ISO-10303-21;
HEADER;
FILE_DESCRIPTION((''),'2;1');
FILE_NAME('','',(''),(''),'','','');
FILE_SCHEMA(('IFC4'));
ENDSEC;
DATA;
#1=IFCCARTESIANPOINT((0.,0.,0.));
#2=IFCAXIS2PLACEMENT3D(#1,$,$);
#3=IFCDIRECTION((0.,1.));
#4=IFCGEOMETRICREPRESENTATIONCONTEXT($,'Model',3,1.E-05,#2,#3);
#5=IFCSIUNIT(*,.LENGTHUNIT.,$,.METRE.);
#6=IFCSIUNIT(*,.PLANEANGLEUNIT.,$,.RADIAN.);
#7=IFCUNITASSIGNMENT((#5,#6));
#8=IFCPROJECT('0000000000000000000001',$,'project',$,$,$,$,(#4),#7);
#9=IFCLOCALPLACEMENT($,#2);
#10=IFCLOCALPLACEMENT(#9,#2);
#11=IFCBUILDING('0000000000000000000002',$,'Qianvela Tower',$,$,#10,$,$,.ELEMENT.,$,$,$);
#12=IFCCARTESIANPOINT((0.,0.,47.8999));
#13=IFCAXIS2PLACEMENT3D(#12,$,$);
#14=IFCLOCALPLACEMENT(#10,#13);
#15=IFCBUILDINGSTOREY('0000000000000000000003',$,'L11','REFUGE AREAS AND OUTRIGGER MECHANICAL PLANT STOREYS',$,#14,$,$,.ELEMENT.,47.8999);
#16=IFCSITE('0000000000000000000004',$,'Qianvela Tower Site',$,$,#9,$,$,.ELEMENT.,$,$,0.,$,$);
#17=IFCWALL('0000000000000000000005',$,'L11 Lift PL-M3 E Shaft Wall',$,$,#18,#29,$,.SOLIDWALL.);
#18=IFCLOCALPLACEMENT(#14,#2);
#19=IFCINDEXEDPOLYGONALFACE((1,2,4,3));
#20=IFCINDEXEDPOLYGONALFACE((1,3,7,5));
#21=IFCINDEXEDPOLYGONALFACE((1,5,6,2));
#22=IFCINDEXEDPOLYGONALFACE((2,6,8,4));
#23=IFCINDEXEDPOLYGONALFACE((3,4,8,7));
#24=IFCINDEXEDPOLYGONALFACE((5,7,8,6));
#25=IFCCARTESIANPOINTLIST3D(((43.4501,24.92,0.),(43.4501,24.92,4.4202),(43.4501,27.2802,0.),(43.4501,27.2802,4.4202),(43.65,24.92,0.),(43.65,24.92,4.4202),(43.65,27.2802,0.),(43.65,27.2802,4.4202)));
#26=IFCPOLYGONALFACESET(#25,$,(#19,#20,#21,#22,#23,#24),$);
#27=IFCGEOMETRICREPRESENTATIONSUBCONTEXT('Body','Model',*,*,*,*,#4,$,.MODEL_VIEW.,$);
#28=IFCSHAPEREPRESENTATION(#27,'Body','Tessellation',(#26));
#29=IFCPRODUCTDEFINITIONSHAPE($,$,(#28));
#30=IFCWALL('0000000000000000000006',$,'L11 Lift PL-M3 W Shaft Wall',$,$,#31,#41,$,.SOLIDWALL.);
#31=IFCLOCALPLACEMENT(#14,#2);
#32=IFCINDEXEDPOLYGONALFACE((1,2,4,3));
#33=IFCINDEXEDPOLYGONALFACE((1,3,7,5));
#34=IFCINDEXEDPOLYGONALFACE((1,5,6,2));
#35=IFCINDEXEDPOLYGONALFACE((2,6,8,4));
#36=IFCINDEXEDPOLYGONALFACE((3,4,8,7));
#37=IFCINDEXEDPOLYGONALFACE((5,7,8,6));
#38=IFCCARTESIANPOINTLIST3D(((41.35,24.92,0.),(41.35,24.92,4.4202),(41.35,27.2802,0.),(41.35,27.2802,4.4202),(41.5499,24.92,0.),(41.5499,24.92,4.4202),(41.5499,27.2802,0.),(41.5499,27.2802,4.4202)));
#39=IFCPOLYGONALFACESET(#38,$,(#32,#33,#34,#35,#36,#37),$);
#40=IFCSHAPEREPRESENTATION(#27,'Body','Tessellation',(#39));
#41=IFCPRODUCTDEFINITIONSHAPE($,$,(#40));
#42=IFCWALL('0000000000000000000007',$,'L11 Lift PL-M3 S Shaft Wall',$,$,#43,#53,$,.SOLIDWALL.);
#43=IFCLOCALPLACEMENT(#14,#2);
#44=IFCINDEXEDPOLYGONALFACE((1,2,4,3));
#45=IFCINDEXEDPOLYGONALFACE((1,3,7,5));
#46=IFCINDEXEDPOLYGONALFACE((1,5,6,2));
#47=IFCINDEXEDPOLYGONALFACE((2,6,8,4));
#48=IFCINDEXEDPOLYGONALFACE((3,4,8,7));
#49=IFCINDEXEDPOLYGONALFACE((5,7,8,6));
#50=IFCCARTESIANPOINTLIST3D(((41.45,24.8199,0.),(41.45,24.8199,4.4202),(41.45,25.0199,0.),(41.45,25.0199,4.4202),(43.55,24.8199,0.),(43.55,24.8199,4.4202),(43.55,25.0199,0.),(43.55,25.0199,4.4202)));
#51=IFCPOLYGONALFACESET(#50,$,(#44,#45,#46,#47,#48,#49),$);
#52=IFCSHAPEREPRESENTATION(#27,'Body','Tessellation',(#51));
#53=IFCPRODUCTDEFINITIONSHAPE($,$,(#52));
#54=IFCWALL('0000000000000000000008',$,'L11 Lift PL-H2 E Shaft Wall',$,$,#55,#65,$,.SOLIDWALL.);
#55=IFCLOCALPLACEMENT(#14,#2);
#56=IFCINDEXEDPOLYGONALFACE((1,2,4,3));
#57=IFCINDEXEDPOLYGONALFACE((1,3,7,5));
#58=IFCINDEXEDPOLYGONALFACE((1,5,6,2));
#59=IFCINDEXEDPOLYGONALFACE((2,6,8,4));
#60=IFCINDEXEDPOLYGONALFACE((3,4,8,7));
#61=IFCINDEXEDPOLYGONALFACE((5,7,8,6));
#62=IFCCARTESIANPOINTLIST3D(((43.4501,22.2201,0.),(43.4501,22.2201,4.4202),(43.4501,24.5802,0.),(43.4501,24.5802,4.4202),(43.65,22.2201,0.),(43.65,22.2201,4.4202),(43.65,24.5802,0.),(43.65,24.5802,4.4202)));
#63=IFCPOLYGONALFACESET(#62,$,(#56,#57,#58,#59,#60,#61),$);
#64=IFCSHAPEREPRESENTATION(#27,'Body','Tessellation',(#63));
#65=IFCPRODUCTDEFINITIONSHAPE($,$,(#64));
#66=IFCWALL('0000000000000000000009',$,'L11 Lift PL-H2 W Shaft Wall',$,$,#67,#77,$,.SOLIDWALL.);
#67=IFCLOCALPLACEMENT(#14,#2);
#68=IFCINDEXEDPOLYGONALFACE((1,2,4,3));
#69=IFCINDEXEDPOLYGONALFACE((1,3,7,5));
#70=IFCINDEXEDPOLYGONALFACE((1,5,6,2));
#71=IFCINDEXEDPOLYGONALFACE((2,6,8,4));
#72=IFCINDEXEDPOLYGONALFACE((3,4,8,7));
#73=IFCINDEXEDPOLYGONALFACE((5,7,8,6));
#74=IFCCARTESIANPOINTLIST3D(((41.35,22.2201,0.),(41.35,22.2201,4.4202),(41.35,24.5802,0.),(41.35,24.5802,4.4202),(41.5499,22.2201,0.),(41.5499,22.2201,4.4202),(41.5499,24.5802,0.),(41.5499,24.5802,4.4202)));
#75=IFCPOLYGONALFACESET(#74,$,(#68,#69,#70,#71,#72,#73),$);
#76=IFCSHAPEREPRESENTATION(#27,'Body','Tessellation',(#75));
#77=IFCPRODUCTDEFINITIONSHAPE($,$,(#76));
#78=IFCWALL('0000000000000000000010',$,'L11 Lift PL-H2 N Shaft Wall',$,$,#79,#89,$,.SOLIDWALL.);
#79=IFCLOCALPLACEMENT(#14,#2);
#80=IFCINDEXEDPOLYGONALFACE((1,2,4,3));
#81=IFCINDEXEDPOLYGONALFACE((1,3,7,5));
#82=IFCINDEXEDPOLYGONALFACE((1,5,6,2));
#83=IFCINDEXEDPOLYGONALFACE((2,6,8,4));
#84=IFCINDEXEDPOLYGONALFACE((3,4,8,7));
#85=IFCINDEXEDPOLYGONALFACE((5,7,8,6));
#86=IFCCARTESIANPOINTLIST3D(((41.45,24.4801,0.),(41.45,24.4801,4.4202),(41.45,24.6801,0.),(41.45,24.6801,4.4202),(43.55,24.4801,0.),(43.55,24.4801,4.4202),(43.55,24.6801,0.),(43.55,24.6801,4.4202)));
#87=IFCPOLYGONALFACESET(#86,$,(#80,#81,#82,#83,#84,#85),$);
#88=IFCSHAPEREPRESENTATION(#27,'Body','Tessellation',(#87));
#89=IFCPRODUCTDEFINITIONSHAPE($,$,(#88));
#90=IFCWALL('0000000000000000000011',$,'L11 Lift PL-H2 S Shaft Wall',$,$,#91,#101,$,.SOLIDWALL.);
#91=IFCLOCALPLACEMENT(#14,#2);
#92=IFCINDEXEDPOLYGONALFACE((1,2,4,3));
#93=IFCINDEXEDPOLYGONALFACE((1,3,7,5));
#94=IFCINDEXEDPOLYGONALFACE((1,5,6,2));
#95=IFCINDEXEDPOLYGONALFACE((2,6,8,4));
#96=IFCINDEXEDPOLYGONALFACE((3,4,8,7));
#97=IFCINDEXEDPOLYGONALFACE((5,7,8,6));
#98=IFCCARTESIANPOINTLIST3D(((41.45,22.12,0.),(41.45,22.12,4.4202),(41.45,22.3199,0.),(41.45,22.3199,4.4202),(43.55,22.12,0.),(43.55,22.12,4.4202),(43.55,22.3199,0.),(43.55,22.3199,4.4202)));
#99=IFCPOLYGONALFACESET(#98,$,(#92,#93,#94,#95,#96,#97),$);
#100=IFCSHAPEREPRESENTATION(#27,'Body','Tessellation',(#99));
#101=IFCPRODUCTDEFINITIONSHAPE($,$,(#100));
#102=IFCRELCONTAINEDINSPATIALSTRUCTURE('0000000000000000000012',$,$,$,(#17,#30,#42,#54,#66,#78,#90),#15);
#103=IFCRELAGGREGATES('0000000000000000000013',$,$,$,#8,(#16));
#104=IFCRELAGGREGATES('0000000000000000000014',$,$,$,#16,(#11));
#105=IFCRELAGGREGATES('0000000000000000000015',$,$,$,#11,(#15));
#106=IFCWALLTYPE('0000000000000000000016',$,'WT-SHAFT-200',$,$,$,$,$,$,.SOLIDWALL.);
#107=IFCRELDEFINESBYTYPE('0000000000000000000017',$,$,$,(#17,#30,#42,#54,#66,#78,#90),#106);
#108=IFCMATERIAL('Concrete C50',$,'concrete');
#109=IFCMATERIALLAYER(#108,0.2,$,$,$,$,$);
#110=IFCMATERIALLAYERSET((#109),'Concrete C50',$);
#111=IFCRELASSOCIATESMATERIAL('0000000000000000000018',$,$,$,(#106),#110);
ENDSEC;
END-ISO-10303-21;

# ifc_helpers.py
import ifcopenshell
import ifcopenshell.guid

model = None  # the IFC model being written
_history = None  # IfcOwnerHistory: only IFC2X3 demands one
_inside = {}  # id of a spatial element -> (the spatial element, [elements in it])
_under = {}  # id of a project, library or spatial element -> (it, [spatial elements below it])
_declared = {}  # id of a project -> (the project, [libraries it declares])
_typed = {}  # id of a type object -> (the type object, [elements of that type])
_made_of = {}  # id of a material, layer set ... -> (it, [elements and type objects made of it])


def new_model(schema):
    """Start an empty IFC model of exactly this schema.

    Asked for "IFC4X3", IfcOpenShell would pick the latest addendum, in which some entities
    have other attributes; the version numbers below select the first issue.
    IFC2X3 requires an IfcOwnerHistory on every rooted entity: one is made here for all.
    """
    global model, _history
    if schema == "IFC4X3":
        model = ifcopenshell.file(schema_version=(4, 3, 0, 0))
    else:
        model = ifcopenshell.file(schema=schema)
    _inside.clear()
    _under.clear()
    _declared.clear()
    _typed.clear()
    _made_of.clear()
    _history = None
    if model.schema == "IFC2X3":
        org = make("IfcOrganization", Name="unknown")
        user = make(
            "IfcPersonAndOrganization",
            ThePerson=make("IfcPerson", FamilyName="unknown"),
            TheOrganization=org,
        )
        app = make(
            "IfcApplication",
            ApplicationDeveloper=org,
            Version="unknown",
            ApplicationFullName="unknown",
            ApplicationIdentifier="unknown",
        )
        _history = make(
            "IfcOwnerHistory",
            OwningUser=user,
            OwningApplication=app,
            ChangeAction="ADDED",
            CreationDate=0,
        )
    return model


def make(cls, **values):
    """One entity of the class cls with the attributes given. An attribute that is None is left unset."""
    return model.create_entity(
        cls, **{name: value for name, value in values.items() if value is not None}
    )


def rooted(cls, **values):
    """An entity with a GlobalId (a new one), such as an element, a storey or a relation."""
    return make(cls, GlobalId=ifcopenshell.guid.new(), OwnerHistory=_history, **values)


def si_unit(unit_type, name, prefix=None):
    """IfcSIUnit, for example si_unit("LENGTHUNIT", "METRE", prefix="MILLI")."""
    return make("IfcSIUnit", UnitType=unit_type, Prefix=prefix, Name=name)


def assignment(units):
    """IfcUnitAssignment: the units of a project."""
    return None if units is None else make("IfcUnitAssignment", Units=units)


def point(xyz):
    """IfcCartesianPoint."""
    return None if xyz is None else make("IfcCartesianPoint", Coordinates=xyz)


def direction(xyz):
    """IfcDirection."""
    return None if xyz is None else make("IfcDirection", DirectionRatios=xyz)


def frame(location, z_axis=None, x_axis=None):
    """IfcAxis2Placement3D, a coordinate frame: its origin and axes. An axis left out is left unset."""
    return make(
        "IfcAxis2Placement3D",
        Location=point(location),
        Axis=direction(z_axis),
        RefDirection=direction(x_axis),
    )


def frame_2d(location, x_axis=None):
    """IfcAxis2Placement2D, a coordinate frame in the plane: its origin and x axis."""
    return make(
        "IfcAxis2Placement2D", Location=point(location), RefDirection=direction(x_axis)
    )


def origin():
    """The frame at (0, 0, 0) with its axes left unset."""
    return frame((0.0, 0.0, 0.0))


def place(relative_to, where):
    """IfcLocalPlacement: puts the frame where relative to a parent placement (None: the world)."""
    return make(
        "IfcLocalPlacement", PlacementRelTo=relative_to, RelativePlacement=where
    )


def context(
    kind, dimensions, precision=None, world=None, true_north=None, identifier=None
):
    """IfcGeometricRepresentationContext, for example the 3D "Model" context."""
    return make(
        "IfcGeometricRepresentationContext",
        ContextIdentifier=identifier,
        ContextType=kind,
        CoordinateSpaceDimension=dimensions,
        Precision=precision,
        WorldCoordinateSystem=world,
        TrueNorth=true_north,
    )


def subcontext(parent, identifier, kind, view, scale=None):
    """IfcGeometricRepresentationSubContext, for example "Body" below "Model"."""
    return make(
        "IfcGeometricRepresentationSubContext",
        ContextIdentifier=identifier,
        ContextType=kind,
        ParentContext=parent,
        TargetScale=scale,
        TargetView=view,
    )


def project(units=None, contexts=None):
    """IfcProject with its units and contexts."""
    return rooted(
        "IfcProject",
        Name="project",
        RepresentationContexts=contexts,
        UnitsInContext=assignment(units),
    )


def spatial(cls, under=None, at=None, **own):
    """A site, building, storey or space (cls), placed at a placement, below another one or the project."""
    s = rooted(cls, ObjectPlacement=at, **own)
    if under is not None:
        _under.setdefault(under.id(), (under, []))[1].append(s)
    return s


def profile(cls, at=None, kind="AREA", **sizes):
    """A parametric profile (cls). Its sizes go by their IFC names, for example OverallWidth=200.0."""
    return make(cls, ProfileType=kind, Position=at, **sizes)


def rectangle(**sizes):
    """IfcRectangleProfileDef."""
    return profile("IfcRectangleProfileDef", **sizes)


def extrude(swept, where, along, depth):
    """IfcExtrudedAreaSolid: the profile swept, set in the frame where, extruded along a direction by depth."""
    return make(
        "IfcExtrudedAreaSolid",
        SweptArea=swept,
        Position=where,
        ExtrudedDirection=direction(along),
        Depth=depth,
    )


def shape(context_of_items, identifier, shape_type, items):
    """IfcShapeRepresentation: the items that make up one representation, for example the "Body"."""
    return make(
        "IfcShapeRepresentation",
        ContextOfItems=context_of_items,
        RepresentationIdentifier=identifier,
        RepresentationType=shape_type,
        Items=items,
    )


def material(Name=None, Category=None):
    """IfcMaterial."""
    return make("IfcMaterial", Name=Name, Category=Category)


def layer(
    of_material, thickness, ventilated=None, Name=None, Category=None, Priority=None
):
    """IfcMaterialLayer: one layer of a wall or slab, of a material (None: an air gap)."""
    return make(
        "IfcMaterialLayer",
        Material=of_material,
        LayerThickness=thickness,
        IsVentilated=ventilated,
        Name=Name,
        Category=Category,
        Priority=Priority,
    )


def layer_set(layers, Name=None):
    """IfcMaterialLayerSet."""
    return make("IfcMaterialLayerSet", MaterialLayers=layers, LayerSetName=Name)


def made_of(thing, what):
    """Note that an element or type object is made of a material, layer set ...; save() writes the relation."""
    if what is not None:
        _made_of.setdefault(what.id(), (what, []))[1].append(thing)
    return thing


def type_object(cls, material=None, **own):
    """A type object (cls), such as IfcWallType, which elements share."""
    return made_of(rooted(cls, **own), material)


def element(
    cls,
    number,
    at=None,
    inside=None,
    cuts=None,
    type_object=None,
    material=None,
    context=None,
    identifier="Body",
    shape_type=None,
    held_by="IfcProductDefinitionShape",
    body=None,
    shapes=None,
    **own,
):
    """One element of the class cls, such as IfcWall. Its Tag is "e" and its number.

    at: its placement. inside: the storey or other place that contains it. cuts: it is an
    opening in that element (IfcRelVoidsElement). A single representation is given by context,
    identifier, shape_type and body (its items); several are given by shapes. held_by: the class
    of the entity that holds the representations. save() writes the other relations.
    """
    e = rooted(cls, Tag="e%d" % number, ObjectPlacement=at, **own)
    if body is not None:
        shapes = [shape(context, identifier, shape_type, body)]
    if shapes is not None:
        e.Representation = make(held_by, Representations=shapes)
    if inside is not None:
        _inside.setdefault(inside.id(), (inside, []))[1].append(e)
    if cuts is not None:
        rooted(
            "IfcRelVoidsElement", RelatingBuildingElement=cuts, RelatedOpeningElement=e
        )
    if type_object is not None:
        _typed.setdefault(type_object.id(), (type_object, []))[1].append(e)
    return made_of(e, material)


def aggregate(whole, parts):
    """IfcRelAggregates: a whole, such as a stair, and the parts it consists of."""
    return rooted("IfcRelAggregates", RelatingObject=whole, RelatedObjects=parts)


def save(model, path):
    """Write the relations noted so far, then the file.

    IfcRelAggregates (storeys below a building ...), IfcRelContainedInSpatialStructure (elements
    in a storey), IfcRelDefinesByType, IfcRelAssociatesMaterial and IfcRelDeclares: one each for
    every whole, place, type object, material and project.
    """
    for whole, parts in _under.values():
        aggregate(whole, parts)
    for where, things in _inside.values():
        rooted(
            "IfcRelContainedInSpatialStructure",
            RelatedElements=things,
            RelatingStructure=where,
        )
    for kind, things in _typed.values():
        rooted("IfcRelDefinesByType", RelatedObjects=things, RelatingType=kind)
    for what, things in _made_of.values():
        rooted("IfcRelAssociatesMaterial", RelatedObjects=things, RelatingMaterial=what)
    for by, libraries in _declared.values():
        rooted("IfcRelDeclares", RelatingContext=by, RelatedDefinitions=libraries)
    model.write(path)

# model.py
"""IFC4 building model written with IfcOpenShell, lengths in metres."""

from ifc_helpers import new_model, si_unit, direction, frame, frame_2d, origin, place, context, subcontext, project, spatial, rectangle, extrude, material, layer, layer_set, type_object, element, save


model = new_model("IFC4")

# Units and contexts
model_context = context("Model", 3, precision=1e-05, world=origin(), true_north=direction((0.0, 1.0)))
body_context = subcontext(model_context, "Body", "Model", "MODEL_VIEW")
ifc_project = project(units=[si_unit("LENGTHUNIT", "METRE"), si_unit("PLANEANGLEUNIT", "RADIAN")], contexts=[model_context])

# Site, building, storey
site_placement = place(None, origin())
site = spatial("IfcSite", under=ifc_project, at=site_placement, Name="Qianvela Tower Site", CompositionType="ELEMENT", RefElevation=0.0)
building_placement = place(site_placement, origin())
building = spatial("IfcBuilding", under=site, at=building_placement, Name="Qianvela Tower", CompositionType="ELEMENT")
storey_placement = place(building_placement, frame((0.0, 0.0, 47.8999)))
storey = spatial("IfcBuildingStorey", under=building, at=storey_placement, Name="L11", Description="REFUGE AREAS AND OUTRIGGER MECHANICAL PLANT STOREYS", CompositionType="ELEMENT", Elevation=47.8999)

# Walls
ifc_material_1 = material(Name="Concrete C50", Category="concrete")
ifc_layer_1 = layer(ifc_material_1, 0.2)
ifc_layer_set_1 = layer_set([ifc_layer_1], Name="Concrete C50")
wall_type_1 = type_object("IfcWallType", Name="WT-SHAFT-200", PredefinedType="SOLIDWALL", material=ifc_layer_set_1)
for number, where, z_axis, x_axis, name in (
    (1, (43.55, 24.9199, 0.0), (0.0, 0.0, 1.0), (0.0, 1.0, 0.0), "L11 Lift PL-M3 E Shaft Wall"),
    (2, (41.45, 24.9199, 0.0), (0.0, 0.0, 1.0), (0.0, 1.0, 0.0), "L11 Lift PL-M3 W Shaft Wall"),
):
    element("IfcWall", number, at=place(storey_placement, frame(where, z_axis=z_axis, x_axis=x_axis)), inside=storey, type_object=wall_type_1, Name=name, PredefinedType="SOLIDWALL", context=body_context, shape_type="SweptSolid", body=[
        extrude(rectangle(XDim=2.3601, YDim=0.2, at=frame_2d((1.1802, 0.0))), origin(), (0.0, 0.0, 1.0), 4.4202),
    ])
wall_1_placement = place(storey_placement, frame((41.45, 24.9199, 0.0), z_axis=(0.0, 0.0, 1.0), x_axis=(1.0, 0.0, 0.0)))
element("IfcWall", 3, at=wall_1_placement, inside=storey, type_object=wall_type_1, Name="L11 Lift PL-M3 S Shaft Wall", PredefinedType="SOLIDWALL", context=body_context, shape_type="SweptSolid", body=[
    extrude(rectangle(XDim=2.1001, YDim=0.2, at=frame_2d((1.05, 0.0))), origin(), (0.0, 0.0, 1.0), 4.4202),
])
for number, where, z_axis, x_axis, name in (
    (4, (43.55, 22.22, 0.0), (0.0, 0.0, 1.0), (0.0, 1.0, 0.0), "L11 Lift PL-H2 E Shaft Wall"),
    (5, (41.45, 22.22, 0.0), (0.0, 0.0, 1.0), (0.0, 1.0, 0.0), "L11 Lift PL-H2 W Shaft Wall"),
):
    element("IfcWall", number, at=place(storey_placement, frame(where, z_axis=z_axis, x_axis=x_axis)), inside=storey, type_object=wall_type_1, Name=name, PredefinedType="SOLIDWALL", context=body_context, shape_type="SweptSolid", body=[
        extrude(rectangle(XDim=2.3601, YDim=0.2, at=frame_2d((1.1802, 0.0))), origin(), (0.0, 0.0, 1.0), 4.4202),
    ])
for number, where, z_axis, x_axis, name in (
    (6, (41.45, 24.5801, 0.0), (0.0, 0.0, 1.0), (1.0, 0.0, 0.0), "L11 Lift PL-H2 N Shaft Wall"),
    (7, (41.45, 22.22, 0.0), (0.0, 0.0, 1.0), (1.0, 0.0, 0.0), "L11 Lift PL-H2 S Shaft Wall"),
):
    element("IfcWall", number, at=place(storey_placement, frame(where, z_axis=z_axis, x_axis=x_axis)), inside=storey, type_object=wall_type_1, Name=name, PredefinedType="SOLIDWALL", context=body_context, shape_type="SweptSolid", body=[
        extrude(rectangle(XDim=2.1001, YDim=0.2, at=frame_2d((1.05, 0.0))), origin(), (0.0, 0.0, 1.0), 4.4202),
    ])

save(model, "model.ifc")
